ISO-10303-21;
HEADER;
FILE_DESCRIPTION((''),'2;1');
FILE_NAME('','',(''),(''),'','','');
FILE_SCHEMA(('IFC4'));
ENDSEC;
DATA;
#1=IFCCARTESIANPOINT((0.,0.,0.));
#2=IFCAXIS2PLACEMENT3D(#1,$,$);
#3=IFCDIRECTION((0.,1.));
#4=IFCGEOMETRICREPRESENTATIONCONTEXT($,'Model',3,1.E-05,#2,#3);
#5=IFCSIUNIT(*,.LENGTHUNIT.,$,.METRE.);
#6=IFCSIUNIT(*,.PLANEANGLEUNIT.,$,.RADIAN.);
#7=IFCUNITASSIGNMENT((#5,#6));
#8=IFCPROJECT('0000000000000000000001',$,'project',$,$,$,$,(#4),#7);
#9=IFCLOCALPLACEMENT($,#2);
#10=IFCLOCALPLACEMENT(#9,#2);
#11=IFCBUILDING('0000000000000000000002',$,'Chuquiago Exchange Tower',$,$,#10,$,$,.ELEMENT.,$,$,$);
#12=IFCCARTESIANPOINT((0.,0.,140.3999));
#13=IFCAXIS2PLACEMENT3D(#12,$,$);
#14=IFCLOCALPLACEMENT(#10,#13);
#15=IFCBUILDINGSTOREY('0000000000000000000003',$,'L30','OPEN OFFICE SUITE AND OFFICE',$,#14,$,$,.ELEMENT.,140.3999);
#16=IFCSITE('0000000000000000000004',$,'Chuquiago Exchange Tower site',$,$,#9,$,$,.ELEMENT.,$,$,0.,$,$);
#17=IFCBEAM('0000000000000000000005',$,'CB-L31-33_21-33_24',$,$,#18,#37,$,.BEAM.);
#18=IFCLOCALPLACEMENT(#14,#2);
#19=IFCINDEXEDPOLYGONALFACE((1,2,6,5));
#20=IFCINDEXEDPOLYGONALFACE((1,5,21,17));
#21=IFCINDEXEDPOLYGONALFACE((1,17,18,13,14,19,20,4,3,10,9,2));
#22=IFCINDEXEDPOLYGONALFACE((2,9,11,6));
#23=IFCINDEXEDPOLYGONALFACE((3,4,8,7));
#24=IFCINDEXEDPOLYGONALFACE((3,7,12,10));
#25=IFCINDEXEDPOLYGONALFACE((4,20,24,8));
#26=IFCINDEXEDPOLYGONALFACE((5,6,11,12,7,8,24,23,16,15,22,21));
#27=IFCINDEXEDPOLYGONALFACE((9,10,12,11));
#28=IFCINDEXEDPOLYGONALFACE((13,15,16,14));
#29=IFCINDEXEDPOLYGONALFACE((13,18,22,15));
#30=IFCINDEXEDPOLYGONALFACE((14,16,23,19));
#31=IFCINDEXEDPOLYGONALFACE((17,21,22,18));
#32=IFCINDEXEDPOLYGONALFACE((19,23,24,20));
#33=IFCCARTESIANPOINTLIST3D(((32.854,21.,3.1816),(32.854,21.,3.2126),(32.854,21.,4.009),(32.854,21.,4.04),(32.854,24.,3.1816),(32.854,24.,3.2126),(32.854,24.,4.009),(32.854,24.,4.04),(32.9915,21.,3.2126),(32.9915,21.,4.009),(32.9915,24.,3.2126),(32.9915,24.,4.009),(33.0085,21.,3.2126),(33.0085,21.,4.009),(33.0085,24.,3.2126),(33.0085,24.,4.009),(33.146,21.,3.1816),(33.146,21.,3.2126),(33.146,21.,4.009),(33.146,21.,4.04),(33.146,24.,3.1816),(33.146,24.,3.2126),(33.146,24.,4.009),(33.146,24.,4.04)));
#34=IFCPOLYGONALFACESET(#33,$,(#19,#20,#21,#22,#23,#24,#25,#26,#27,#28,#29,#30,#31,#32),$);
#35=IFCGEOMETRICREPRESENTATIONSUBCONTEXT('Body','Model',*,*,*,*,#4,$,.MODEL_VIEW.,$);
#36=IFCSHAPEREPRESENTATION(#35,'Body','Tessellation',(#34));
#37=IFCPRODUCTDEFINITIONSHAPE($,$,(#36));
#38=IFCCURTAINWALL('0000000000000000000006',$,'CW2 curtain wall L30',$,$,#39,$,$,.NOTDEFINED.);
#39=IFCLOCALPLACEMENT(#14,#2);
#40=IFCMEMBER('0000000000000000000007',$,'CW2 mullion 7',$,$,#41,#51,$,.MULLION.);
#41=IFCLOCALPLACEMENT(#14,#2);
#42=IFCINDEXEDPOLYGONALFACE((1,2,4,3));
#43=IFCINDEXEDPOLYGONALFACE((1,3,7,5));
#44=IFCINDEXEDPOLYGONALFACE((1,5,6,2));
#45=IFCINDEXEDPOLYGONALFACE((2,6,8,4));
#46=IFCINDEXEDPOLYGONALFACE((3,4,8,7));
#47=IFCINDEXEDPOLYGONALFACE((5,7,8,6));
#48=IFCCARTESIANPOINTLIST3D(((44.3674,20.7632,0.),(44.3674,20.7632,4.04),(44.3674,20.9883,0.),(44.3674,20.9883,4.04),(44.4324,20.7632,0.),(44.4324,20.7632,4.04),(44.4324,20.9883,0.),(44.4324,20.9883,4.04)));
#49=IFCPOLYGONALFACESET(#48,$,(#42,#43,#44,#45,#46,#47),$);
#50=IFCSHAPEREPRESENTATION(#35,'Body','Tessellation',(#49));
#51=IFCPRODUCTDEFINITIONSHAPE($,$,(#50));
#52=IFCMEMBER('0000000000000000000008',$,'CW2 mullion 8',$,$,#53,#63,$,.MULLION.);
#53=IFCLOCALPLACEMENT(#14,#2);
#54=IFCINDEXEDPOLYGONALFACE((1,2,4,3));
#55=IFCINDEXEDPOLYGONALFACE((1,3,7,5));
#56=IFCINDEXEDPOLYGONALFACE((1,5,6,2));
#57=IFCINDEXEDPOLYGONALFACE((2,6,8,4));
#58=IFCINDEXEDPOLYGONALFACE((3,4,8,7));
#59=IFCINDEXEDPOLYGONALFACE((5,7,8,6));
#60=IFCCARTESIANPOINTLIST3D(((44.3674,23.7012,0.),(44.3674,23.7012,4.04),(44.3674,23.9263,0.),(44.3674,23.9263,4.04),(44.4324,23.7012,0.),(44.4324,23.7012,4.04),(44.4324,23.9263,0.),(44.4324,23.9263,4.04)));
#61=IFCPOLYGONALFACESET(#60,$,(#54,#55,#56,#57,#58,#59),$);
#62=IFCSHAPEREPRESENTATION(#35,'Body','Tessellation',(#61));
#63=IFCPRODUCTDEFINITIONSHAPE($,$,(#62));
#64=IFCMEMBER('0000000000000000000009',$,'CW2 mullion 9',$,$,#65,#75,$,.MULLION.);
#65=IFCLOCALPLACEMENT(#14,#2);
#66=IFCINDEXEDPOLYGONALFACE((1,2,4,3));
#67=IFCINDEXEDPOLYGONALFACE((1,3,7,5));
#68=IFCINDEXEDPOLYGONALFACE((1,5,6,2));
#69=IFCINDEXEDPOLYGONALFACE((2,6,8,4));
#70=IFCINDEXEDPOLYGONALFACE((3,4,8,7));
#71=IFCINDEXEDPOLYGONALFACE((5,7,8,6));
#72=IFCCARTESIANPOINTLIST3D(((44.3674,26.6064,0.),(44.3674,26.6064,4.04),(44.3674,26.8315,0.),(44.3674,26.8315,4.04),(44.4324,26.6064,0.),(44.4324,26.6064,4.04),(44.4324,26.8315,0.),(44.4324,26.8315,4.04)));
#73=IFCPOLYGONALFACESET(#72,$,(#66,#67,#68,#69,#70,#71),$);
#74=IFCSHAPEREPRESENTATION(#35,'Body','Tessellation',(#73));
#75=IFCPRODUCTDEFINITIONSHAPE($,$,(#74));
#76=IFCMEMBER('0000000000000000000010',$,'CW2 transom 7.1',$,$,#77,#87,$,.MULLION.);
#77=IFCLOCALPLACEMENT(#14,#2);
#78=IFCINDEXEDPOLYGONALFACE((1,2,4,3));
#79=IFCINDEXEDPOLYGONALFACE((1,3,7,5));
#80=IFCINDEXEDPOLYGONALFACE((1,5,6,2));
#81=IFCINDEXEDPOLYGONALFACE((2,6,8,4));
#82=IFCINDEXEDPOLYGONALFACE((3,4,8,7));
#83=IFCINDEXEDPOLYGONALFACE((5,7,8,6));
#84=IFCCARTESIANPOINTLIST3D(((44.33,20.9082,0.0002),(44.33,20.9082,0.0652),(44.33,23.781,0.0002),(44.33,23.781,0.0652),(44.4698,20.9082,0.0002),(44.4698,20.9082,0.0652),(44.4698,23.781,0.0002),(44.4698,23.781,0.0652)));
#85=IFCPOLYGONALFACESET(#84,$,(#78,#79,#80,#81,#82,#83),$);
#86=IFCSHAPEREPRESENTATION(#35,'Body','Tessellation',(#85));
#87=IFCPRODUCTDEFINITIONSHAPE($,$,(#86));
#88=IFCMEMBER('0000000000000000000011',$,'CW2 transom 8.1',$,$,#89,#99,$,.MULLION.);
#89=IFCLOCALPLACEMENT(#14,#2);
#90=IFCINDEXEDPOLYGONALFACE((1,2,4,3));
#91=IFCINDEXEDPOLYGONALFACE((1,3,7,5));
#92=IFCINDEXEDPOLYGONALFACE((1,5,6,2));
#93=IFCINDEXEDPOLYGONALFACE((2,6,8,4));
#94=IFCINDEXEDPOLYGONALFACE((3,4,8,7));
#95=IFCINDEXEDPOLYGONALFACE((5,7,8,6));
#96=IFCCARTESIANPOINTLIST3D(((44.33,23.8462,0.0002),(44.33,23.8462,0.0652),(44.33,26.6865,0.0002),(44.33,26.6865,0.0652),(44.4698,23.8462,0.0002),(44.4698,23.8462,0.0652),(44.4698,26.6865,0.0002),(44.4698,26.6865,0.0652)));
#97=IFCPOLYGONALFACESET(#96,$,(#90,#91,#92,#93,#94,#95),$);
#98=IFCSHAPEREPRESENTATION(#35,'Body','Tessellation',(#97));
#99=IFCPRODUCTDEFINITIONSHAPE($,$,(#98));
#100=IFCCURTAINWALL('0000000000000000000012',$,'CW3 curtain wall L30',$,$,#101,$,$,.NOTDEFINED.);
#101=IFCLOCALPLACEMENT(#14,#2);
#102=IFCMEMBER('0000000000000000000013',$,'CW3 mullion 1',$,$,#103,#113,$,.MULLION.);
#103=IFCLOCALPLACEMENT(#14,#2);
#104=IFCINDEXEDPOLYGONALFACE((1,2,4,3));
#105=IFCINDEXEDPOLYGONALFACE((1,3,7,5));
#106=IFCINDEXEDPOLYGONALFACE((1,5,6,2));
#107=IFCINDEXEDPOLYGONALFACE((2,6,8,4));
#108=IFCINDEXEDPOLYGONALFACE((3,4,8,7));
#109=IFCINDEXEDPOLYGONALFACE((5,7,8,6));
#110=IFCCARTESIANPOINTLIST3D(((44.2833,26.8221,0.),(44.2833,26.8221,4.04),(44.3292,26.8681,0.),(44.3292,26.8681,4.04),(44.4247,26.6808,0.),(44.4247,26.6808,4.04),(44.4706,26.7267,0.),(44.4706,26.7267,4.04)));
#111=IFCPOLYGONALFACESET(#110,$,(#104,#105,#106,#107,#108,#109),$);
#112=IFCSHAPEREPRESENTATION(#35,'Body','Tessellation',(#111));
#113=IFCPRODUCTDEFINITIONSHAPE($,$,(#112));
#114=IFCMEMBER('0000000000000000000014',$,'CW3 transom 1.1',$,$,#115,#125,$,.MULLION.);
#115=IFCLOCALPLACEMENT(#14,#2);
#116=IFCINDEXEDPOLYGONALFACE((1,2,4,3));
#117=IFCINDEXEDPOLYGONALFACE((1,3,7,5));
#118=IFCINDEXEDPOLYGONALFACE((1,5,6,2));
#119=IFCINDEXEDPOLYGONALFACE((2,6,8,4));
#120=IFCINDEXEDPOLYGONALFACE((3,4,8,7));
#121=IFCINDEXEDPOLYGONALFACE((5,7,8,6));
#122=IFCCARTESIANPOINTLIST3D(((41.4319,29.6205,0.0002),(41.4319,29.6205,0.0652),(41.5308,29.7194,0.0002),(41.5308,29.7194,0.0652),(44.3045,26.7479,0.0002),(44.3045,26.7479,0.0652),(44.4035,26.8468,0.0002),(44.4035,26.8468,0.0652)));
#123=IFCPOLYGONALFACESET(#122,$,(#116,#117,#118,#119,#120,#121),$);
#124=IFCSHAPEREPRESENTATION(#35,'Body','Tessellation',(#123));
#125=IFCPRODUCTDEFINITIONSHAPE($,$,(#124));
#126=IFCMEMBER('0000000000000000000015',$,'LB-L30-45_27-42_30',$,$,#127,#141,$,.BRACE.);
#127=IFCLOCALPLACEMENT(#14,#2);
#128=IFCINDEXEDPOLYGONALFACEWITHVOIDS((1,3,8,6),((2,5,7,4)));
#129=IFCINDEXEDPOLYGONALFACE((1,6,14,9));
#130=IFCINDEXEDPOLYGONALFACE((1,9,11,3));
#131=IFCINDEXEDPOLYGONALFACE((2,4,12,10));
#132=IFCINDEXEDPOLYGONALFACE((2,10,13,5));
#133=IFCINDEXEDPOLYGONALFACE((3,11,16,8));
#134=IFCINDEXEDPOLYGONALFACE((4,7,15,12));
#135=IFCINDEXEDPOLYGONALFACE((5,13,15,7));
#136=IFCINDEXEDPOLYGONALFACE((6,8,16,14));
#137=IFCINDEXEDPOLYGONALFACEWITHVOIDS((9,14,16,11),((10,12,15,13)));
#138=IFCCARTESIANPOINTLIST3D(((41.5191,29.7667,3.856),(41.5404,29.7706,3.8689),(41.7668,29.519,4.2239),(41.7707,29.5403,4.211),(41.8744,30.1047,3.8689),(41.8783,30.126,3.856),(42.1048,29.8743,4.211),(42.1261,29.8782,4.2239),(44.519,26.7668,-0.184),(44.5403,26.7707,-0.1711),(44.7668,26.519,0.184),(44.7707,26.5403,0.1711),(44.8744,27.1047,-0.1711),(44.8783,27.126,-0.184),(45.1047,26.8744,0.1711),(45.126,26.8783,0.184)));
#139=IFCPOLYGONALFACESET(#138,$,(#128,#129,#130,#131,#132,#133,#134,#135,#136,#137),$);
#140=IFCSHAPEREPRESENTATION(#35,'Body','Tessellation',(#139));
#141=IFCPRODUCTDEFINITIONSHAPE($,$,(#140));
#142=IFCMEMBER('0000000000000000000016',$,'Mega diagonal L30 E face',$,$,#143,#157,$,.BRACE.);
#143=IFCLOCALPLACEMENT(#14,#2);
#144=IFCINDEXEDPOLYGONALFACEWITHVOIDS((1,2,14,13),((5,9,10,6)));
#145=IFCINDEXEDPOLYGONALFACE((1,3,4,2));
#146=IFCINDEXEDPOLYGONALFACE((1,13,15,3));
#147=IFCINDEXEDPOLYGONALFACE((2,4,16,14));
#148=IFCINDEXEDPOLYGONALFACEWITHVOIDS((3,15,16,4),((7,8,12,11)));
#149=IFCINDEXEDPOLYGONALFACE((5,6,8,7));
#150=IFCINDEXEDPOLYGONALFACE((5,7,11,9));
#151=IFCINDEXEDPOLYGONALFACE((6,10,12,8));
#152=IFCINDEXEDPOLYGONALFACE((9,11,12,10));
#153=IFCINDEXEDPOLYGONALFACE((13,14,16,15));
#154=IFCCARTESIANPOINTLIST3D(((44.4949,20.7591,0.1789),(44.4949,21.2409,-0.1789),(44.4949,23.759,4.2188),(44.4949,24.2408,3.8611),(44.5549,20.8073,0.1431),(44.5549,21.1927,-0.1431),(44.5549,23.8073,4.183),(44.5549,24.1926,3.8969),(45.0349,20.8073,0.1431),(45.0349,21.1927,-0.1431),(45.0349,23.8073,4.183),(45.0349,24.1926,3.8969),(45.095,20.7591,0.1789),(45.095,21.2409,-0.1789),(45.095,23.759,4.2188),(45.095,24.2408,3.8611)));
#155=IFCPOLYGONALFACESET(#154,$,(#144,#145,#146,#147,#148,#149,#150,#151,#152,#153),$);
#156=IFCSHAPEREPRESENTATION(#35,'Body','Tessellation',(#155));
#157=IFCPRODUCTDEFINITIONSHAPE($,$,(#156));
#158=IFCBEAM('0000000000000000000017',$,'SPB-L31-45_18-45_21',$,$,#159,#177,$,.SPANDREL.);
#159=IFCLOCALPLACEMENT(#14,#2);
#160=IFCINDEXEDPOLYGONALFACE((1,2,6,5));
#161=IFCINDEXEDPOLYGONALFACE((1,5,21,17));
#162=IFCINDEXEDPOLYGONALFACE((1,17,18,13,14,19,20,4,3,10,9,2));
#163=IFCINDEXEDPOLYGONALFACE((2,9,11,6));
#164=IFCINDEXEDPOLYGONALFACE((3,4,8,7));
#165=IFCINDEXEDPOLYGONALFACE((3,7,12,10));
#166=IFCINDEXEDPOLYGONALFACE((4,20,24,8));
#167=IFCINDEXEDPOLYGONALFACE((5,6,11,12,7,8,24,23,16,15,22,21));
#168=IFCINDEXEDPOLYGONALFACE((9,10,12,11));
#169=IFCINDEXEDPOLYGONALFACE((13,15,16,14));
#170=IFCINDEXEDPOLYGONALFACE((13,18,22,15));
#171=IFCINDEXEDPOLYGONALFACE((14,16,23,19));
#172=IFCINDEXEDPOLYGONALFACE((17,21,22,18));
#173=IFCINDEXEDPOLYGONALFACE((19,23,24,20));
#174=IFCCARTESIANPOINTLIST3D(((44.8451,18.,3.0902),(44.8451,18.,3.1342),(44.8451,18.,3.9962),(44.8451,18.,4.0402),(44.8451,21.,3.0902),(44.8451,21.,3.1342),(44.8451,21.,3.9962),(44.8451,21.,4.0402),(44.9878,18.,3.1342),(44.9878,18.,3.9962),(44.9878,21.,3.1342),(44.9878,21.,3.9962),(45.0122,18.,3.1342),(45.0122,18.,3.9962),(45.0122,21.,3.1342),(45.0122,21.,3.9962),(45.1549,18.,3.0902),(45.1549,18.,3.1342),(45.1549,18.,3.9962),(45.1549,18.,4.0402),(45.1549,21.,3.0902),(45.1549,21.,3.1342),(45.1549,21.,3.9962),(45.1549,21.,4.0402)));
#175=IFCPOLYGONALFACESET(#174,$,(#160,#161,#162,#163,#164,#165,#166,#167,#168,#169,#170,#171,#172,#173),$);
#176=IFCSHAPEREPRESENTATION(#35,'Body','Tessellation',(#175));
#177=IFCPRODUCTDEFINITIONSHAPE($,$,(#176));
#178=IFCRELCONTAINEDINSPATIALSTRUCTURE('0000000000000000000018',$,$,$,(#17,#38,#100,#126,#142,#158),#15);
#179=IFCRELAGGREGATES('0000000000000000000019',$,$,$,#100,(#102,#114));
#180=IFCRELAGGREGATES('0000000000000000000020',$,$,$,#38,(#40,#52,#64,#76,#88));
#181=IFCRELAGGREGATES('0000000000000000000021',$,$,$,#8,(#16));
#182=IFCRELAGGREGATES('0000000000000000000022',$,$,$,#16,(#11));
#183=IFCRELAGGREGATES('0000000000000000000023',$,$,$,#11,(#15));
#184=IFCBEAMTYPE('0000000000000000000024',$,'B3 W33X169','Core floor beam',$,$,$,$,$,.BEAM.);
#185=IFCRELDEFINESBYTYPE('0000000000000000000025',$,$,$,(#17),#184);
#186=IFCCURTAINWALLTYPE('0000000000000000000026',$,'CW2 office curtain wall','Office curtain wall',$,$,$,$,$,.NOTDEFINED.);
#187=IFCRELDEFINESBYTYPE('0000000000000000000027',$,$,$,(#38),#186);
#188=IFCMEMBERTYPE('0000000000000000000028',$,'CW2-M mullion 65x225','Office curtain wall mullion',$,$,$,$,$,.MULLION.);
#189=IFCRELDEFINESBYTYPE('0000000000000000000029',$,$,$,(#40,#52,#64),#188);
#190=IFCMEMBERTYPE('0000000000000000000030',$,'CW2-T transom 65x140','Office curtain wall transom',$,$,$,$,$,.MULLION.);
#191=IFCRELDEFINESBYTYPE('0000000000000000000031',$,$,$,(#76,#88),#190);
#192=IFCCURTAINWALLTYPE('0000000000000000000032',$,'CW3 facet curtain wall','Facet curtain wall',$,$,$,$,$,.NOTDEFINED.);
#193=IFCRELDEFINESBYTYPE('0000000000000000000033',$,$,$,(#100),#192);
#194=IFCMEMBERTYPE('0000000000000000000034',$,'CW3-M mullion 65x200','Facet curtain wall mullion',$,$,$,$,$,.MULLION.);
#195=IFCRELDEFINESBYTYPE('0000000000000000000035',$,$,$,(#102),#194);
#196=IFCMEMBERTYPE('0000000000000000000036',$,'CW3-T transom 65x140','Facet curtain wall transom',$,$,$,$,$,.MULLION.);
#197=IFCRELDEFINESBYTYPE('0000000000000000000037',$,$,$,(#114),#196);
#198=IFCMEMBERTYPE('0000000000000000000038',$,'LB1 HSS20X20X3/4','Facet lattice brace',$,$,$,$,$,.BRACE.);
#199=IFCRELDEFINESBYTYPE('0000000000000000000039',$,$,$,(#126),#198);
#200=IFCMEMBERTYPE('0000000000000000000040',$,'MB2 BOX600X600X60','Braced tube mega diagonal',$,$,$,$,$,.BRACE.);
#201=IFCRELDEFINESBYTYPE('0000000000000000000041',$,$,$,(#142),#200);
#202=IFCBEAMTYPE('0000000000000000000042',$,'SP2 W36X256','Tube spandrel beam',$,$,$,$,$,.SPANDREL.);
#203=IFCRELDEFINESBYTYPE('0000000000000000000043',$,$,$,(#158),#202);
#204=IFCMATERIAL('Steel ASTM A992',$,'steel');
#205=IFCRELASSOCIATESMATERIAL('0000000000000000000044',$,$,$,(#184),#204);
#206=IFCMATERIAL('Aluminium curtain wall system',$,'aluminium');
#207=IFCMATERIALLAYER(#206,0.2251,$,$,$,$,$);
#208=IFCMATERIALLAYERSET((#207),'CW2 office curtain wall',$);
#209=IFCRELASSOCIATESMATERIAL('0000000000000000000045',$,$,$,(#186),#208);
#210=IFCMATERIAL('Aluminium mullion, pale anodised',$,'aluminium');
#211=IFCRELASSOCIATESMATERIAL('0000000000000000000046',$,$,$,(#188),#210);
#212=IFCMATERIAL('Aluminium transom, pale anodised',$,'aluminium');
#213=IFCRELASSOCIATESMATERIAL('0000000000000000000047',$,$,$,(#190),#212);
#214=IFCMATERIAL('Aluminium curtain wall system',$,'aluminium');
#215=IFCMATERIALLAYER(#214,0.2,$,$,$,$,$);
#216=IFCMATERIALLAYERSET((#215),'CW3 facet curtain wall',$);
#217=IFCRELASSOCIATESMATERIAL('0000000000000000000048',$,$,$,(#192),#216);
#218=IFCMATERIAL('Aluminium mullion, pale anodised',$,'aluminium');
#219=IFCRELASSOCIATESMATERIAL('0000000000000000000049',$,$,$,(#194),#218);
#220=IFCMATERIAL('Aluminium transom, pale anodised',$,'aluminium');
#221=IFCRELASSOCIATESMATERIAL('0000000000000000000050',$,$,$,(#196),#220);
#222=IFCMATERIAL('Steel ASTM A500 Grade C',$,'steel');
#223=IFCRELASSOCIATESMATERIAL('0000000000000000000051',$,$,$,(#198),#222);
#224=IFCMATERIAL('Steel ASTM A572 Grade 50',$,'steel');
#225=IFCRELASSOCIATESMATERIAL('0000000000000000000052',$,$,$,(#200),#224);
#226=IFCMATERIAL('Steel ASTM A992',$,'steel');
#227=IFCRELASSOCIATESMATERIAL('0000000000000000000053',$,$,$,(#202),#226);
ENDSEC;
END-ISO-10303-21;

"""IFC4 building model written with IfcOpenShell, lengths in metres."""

from ifc_helpers import new_model, si_unit, direction, frame, origin, origin_2d, place, context, subcontext, project, spatial, rectangle, hollow_rectangle, i_section, extrude, material, layer, layer_set, material_profile, profile_set, type_object, element, aggregate, save


model = new_model("IFC4")

# Units and contexts
model_context = context("Model", 3, precision=1e-05, world=origin(), true_north=direction((0.0, 1.0)))
body_context = subcontext(model_context, "Body", "Model", "MODEL_VIEW")
ifc_project = project(units=[si_unit("LENGTHUNIT", "METRE"), si_unit("PLANEANGLEUNIT", "RADIAN")], contexts=[model_context])

# Site, building, storey
site_placement = place(None, origin())
site = spatial("IfcSite", under=ifc_project, at=site_placement, Name="Chuquiago Exchange Tower site", CompositionType="ELEMENT", RefElevation=0.0)
building_placement = place(site_placement, origin())
building = spatial("IfcBuilding", under=site, at=building_placement, Name="Chuquiago Exchange Tower", CompositionType="ELEMENT")
storey_placement = place(building_placement, frame((0.0, 0.0, 140.3999)))
storey = spatial("IfcBuildingStorey", under=building, at=storey_placement, Name="L30", Description="OPEN OFFICE SUITE AND OFFICE", CompositionType="ELEMENT", Elevation=140.3999)

# Beam
ifc_material_1 = material(Name="Steel ASTM A992", Category="steel")
ifc_material_profile_1 = material_profile(ifc_material_1, i_section(OverallWidth=0.292, OverallDepth=0.8584, WebThickness=0.0171, FlangeThickness=0.031, at=origin_2d()), Name="W33X169")
ifc_profile_set_1 = profile_set([ifc_material_profile_1], Name="Steel ASTM A992")
beam_type_1 = type_object("IfcBeamType", Name="B3 W33X169", Description="Core floor beam", PredefinedType="BEAM", material=ifc_profile_set_1)
beam_1_placement = place(storey_placement, frame((33.0, 21.0, 3.6108), z_axis=(0.0, 1.0, 0.0), x_axis=(-1.0, 0.0, 0.0)))
element("IfcBeam", 1, at=beam_1_placement, inside=storey, type_object=beam_type_1, Name="CB-L31-33_21-33_24", PredefinedType="BEAM", context=body_context, shape_type="SweptSolid", body=[
    extrude(i_section(OverallWidth=0.292, OverallDepth=0.8584, WebThickness=0.0171, FlangeThickness=0.031, at=origin_2d()), origin(), (0.0, 0.0, 1.0), 3.0),
])

# Curtain walls, members
ifc_material_2 = material(Name="Aluminium curtain wall system", Category="aluminium")
ifc_layer_1 = layer(ifc_material_2, 0.2251)
ifc_layer_set_1 = layer_set([ifc_layer_1], Name="CW2 office curtain wall")
curtain_wall_type_1 = type_object("IfcCurtainWallType", Name="CW2 office curtain wall", Description="Office curtain wall", PredefinedType="NOTDEFINED", material=ifc_layer_set_1)
curtain_wall_1_placement = place(storey_placement, origin())
curtain_wall_1 = element("IfcCurtainWall", 2, at=curtain_wall_1_placement, inside=storey, type_object=curtain_wall_type_1, Name="CW2 curtain wall L30", PredefinedType="NOTDEFINED")
ifc_material_3 = material(Name="Aluminium mullion, pale anodised", Category="aluminium")
ifc_material_profile_2 = material_profile(ifc_material_3, rectangle(XDim=0.0649, YDim=0.2251, at=origin_2d()), Name="AL 65x225")
ifc_profile_set_2 = profile_set([ifc_material_profile_2], Name="Aluminium mullion, pale anodised")
member_type_1 = type_object("IfcMemberType", Name="CW2-M mullion 65x225", Description="Office curtain wall mullion", PredefinedType="MULLION", material=ifc_profile_set_2)
member_1_placement = place(storey_placement, frame((44.3999, 20.8757, 0.0), z_axis=(0.0, 0.0, 1.0), x_axis=(-1.0, 0.0, 0.0)))
member_1 = element("IfcMember", 3, at=member_1_placement, type_object=member_type_1, Name="CW2 mullion 7", PredefinedType="MULLION", context=body_context, shape_type="SweptSolid", body=[
    extrude(rectangle(XDim=0.0649, YDim=0.2251, at=origin_2d()), origin(), (0.0, 0.0, 1.0), 4.04),
])
member_2_placement = place(storey_placement, frame((44.3999, 23.8137, 0.0), z_axis=(0.0, 0.0, 1.0), x_axis=(-1.0, 0.0, 0.0)))
member_2 = element("IfcMember", 4, at=member_2_placement, type_object=member_type_1, Name="CW2 mullion 8", PredefinedType="MULLION", context=body_context, shape_type="SweptSolid", body=[
    extrude(rectangle(XDim=0.0649, YDim=0.2251, at=origin_2d()), origin(), (0.0, 0.0, 1.0), 4.04),
])
member_3_placement = place(storey_placement, frame((44.3999, 26.719, 0.0), z_axis=(0.0, 0.0, 1.0), x_axis=(-1.0, 0.0, 0.0)))
member_3 = element("IfcMember", 5, at=member_3_placement, type_object=member_type_1, Name="CW2 mullion 9", PredefinedType="MULLION", context=body_context, shape_type="SweptSolid", body=[
    extrude(rectangle(XDim=0.0649, YDim=0.2251, at=origin_2d()), origin(), (0.0, 0.0, 1.0), 4.04),
])
ifc_material_4 = material(Name="Aluminium transom, pale anodised", Category="aluminium")
ifc_material_profile_3 = material_profile(ifc_material_4, rectangle(XDim=0.1399, YDim=0.0649, at=origin_2d()), Name="AL 140x65")
ifc_profile_set_3 = profile_set([ifc_material_profile_3], Name="Aluminium transom, pale anodised")
member_type_2 = type_object("IfcMemberType", Name="CW2-T transom 65x140", Description="Office curtain wall transom", PredefinedType="MULLION", material=ifc_profile_set_3)
member_4_placement = place(storey_placement, frame((44.3999, 20.9082, 0.0327), z_axis=(0.0, 1.0, 0.0), x_axis=(-1.0, 0.0, 0.0)))
member_4 = element("IfcMember", 6, at=member_4_placement, type_object=member_type_2, Name="CW2 transom 7.1", PredefinedType="MULLION", context=body_context, shape_type="SweptSolid", body=[
    extrude(rectangle(XDim=0.1399, YDim=0.0649, at=origin_2d()), origin(), (0.0, 0.0, 1.0), 2.8728),
])
member_5_placement = place(storey_placement, frame((44.3999, 23.8462, 0.0327), z_axis=(0.0, 1.0, 0.0), x_axis=(-1.0, 0.0, 0.0)))
member_5 = element("IfcMember", 7, at=member_5_placement, type_object=member_type_2, Name="CW2 transom 8.1", PredefinedType="MULLION", context=body_context, shape_type="SweptSolid", body=[
    extrude(rectangle(XDim=0.1399, YDim=0.0649, at=origin_2d()), origin(), (0.0, 0.0, 1.0), 2.8403),
])
ifc_material_5 = material(Name="Aluminium curtain wall system", Category="aluminium")
ifc_layer_2 = layer(ifc_material_5, 0.2)
ifc_layer_set_2 = layer_set([ifc_layer_2], Name="CW3 facet curtain wall")
curtain_wall_type_2 = type_object("IfcCurtainWallType", Name="CW3 facet curtain wall", Description="Facet curtain wall", PredefinedType="NOTDEFINED", material=ifc_layer_set_2)
curtain_wall_2_placement = place(storey_placement, origin())
curtain_wall_2 = element("IfcCurtainWall", 8, at=curtain_wall_2_placement, inside=storey, type_object=curtain_wall_type_2, Name="CW3 curtain wall L30", PredefinedType="NOTDEFINED")
ifc_material_6 = material(Name="Aluminium mullion, pale anodised", Category="aluminium")
ifc_material_profile_4 = material_profile(ifc_material_6, rectangle(XDim=0.0649, YDim=0.2, at=origin_2d()), Name="AL 65x200")
ifc_profile_set_4 = profile_set([ifc_material_profile_4], Name="Aluminium mullion, pale anodised")
member_type_3 = type_object("IfcMemberType", Name="CW3-M mullion 65x200", Description="Facet curtain wall mullion", PredefinedType="MULLION", material=ifc_profile_set_4)
member_6_placement = place(storey_placement, frame((44.377, 26.7744, 0.0), z_axis=(0.0, 0.0, 1.0), x_axis=(-0.707107, -0.707107, 0.0)))
member_6 = element("IfcMember", 9, at=member_6_placement, type_object=member_type_3, Name="CW3 mullion 1", PredefinedType="MULLION", context=body_context, shape_type="SweptSolid", body=[
    extrude(rectangle(XDim=0.0649, YDim=0.2, at=origin_2d()), origin(), (0.0, 0.0, 1.0), 4.04),
])
ifc_material_7 = material(Name="Aluminium transom, pale anodised", Category="aluminium")
ifc_material_profile_5 = material_profile(ifc_material_7, rectangle(XDim=0.1399, YDim=0.0649, at=origin_2d()), Name="AL 140x65")
ifc_profile_set_5 = profile_set([ifc_material_profile_5], Name="Aluminium transom, pale anodised")
member_type_4 = type_object("IfcMemberType", Name="CW3-T transom 65x140", Description="Facet curtain wall transom", PredefinedType="MULLION", material=ifc_profile_set_5)
member_7_placement = place(storey_placement, frame((44.354, 26.7974, 0.0327), z_axis=(-0.707107, 0.707107, 0.0), x_axis=(-0.707107, -0.707107, 0.0)))
member_7 = element("IfcMember", 10, at=member_7_placement, type_object=member_type_4, Name="CW3 transom 1.1", PredefinedType="MULLION", context=body_context, shape_type="SweptSolid", body=[
    extrude(rectangle(XDim=0.1399, YDim=0.0649, at=origin_2d()), origin(), (0.0, 0.0, 1.0), 4.0625),
])
aggregate(curtain_wall_2, [member_6, member_7])

# Members
ifc_material_8 = material(Name="Steel ASTM A500 Grade C", Category="steel")
ifc_material_profile_6 = material_profile(ifc_material_8, hollow_rectangle(XDim=0.5081, YDim=0.5081, WallThickness=0.0178, at=origin_2d()), Name="HSS20X20X3/4")
ifc_profile_set_6 = profile_set([ifc_material_profile_6], Name="Steel ASTM A500 Grade C")
member_type_5 = type_object("IfcMemberType", Name="LB1 HSS20X20X3/4", Description="Facet lattice brace", PredefinedType="BRACE", material=ifc_profile_set_6)
member_8_placement = place(storey_placement, frame((44.8225, 26.8225, 0.0), z_axis=(-0.512077, 0.512077, 0.689604), x_axis=(-0.707107, -0.707107, 0.0)))
element("IfcMember", 11, at=member_8_placement, inside=storey, type_object=member_type_5, Name="LB-L30-45_27-42_30", PredefinedType="BRACE", context=body_context, shape_type="SweptSolid", body=[
    extrude(hollow_rectangle(XDim=0.5081, YDim=0.5081, WallThickness=0.0178, at=origin_2d()), origin(), (0.0, 0.0, 1.0), 5.8584),
])
ifc_material_9 = material(Name="Steel ASTM A572 Grade 50", Category="steel")
ifc_material_profile_7 = material_profile(ifc_material_9, hollow_rectangle(XDim=0.6001, YDim=0.6001, WallThickness=0.0601, at=origin_2d()), Name="BOX600X600X60")
ifc_profile_set_7 = profile_set([ifc_material_profile_7], Name="Steel ASTM A572 Grade 50")
member_type_6 = type_object("IfcMemberType", Name="MB2 BOX600X600X60", Description="Braced tube mega diagonal", PredefinedType="BRACE", material=ifc_profile_set_7)
member_9_placement = place(storey_placement, frame((44.7949, 21.0, 0.0), z_axis=(0.0, 0.596174, 0.802855), x_axis=(-1.0, 0.0, 0.0)))
element("IfcMember", 12, at=member_9_placement, inside=storey, type_object=member_type_6, Name="Mega diagonal L30 E face", PredefinedType="BRACE", context=body_context, shape_type="SweptSolid", body=[
    extrude(hollow_rectangle(XDim=0.6001, YDim=0.6001, WallThickness=0.0601, at=origin_2d()), origin(), (0.0, 0.0, 1.0), 5.032),
])

# Beam
ifc_material_10 = material(Name="Steel ASTM A992", Category="steel")
ifc_material_profile_8 = material_profile(ifc_material_10, i_section(OverallWidth=0.3098, OverallDepth=0.95, WebThickness=0.0244, FlangeThickness=0.0439, at=origin_2d()), Name="W36X256")
ifc_profile_set_8 = profile_set([ifc_material_profile_8], Name="Steel ASTM A992")
beam_type_2 = type_object("IfcBeamType", Name="SP2 W36X256", Description="Tube spandrel beam", PredefinedType="SPANDREL", material=ifc_profile_set_8)
for number, where, z_axis, x_axis, name in (
    (13, (45.0, 18.0, 3.5652), (0.0, 1.0, 0.0), (-1.0, 0.0, 0.0), "SPB-L31-45_18-45_21"),
):
    element("IfcBeam", number, at=place(storey_placement, frame(where, z_axis=z_axis, x_axis=x_axis)), inside=storey, type_object=beam_type_2, Name=name, PredefinedType="SPANDREL", context=body_context, shape_type="SweptSolid", body=[
        extrude(i_section(OverallWidth=0.3098, OverallDepth=0.95, WebThickness=0.0244, FlangeThickness=0.0439, at=origin_2d()), origin(), (0.0, 0.0, 1.0), 3.0),
    ])

aggregate(curtain_wall_1, [member_1, member_2, member_3, member_4, member_5])

save(model, "model.ifc")
